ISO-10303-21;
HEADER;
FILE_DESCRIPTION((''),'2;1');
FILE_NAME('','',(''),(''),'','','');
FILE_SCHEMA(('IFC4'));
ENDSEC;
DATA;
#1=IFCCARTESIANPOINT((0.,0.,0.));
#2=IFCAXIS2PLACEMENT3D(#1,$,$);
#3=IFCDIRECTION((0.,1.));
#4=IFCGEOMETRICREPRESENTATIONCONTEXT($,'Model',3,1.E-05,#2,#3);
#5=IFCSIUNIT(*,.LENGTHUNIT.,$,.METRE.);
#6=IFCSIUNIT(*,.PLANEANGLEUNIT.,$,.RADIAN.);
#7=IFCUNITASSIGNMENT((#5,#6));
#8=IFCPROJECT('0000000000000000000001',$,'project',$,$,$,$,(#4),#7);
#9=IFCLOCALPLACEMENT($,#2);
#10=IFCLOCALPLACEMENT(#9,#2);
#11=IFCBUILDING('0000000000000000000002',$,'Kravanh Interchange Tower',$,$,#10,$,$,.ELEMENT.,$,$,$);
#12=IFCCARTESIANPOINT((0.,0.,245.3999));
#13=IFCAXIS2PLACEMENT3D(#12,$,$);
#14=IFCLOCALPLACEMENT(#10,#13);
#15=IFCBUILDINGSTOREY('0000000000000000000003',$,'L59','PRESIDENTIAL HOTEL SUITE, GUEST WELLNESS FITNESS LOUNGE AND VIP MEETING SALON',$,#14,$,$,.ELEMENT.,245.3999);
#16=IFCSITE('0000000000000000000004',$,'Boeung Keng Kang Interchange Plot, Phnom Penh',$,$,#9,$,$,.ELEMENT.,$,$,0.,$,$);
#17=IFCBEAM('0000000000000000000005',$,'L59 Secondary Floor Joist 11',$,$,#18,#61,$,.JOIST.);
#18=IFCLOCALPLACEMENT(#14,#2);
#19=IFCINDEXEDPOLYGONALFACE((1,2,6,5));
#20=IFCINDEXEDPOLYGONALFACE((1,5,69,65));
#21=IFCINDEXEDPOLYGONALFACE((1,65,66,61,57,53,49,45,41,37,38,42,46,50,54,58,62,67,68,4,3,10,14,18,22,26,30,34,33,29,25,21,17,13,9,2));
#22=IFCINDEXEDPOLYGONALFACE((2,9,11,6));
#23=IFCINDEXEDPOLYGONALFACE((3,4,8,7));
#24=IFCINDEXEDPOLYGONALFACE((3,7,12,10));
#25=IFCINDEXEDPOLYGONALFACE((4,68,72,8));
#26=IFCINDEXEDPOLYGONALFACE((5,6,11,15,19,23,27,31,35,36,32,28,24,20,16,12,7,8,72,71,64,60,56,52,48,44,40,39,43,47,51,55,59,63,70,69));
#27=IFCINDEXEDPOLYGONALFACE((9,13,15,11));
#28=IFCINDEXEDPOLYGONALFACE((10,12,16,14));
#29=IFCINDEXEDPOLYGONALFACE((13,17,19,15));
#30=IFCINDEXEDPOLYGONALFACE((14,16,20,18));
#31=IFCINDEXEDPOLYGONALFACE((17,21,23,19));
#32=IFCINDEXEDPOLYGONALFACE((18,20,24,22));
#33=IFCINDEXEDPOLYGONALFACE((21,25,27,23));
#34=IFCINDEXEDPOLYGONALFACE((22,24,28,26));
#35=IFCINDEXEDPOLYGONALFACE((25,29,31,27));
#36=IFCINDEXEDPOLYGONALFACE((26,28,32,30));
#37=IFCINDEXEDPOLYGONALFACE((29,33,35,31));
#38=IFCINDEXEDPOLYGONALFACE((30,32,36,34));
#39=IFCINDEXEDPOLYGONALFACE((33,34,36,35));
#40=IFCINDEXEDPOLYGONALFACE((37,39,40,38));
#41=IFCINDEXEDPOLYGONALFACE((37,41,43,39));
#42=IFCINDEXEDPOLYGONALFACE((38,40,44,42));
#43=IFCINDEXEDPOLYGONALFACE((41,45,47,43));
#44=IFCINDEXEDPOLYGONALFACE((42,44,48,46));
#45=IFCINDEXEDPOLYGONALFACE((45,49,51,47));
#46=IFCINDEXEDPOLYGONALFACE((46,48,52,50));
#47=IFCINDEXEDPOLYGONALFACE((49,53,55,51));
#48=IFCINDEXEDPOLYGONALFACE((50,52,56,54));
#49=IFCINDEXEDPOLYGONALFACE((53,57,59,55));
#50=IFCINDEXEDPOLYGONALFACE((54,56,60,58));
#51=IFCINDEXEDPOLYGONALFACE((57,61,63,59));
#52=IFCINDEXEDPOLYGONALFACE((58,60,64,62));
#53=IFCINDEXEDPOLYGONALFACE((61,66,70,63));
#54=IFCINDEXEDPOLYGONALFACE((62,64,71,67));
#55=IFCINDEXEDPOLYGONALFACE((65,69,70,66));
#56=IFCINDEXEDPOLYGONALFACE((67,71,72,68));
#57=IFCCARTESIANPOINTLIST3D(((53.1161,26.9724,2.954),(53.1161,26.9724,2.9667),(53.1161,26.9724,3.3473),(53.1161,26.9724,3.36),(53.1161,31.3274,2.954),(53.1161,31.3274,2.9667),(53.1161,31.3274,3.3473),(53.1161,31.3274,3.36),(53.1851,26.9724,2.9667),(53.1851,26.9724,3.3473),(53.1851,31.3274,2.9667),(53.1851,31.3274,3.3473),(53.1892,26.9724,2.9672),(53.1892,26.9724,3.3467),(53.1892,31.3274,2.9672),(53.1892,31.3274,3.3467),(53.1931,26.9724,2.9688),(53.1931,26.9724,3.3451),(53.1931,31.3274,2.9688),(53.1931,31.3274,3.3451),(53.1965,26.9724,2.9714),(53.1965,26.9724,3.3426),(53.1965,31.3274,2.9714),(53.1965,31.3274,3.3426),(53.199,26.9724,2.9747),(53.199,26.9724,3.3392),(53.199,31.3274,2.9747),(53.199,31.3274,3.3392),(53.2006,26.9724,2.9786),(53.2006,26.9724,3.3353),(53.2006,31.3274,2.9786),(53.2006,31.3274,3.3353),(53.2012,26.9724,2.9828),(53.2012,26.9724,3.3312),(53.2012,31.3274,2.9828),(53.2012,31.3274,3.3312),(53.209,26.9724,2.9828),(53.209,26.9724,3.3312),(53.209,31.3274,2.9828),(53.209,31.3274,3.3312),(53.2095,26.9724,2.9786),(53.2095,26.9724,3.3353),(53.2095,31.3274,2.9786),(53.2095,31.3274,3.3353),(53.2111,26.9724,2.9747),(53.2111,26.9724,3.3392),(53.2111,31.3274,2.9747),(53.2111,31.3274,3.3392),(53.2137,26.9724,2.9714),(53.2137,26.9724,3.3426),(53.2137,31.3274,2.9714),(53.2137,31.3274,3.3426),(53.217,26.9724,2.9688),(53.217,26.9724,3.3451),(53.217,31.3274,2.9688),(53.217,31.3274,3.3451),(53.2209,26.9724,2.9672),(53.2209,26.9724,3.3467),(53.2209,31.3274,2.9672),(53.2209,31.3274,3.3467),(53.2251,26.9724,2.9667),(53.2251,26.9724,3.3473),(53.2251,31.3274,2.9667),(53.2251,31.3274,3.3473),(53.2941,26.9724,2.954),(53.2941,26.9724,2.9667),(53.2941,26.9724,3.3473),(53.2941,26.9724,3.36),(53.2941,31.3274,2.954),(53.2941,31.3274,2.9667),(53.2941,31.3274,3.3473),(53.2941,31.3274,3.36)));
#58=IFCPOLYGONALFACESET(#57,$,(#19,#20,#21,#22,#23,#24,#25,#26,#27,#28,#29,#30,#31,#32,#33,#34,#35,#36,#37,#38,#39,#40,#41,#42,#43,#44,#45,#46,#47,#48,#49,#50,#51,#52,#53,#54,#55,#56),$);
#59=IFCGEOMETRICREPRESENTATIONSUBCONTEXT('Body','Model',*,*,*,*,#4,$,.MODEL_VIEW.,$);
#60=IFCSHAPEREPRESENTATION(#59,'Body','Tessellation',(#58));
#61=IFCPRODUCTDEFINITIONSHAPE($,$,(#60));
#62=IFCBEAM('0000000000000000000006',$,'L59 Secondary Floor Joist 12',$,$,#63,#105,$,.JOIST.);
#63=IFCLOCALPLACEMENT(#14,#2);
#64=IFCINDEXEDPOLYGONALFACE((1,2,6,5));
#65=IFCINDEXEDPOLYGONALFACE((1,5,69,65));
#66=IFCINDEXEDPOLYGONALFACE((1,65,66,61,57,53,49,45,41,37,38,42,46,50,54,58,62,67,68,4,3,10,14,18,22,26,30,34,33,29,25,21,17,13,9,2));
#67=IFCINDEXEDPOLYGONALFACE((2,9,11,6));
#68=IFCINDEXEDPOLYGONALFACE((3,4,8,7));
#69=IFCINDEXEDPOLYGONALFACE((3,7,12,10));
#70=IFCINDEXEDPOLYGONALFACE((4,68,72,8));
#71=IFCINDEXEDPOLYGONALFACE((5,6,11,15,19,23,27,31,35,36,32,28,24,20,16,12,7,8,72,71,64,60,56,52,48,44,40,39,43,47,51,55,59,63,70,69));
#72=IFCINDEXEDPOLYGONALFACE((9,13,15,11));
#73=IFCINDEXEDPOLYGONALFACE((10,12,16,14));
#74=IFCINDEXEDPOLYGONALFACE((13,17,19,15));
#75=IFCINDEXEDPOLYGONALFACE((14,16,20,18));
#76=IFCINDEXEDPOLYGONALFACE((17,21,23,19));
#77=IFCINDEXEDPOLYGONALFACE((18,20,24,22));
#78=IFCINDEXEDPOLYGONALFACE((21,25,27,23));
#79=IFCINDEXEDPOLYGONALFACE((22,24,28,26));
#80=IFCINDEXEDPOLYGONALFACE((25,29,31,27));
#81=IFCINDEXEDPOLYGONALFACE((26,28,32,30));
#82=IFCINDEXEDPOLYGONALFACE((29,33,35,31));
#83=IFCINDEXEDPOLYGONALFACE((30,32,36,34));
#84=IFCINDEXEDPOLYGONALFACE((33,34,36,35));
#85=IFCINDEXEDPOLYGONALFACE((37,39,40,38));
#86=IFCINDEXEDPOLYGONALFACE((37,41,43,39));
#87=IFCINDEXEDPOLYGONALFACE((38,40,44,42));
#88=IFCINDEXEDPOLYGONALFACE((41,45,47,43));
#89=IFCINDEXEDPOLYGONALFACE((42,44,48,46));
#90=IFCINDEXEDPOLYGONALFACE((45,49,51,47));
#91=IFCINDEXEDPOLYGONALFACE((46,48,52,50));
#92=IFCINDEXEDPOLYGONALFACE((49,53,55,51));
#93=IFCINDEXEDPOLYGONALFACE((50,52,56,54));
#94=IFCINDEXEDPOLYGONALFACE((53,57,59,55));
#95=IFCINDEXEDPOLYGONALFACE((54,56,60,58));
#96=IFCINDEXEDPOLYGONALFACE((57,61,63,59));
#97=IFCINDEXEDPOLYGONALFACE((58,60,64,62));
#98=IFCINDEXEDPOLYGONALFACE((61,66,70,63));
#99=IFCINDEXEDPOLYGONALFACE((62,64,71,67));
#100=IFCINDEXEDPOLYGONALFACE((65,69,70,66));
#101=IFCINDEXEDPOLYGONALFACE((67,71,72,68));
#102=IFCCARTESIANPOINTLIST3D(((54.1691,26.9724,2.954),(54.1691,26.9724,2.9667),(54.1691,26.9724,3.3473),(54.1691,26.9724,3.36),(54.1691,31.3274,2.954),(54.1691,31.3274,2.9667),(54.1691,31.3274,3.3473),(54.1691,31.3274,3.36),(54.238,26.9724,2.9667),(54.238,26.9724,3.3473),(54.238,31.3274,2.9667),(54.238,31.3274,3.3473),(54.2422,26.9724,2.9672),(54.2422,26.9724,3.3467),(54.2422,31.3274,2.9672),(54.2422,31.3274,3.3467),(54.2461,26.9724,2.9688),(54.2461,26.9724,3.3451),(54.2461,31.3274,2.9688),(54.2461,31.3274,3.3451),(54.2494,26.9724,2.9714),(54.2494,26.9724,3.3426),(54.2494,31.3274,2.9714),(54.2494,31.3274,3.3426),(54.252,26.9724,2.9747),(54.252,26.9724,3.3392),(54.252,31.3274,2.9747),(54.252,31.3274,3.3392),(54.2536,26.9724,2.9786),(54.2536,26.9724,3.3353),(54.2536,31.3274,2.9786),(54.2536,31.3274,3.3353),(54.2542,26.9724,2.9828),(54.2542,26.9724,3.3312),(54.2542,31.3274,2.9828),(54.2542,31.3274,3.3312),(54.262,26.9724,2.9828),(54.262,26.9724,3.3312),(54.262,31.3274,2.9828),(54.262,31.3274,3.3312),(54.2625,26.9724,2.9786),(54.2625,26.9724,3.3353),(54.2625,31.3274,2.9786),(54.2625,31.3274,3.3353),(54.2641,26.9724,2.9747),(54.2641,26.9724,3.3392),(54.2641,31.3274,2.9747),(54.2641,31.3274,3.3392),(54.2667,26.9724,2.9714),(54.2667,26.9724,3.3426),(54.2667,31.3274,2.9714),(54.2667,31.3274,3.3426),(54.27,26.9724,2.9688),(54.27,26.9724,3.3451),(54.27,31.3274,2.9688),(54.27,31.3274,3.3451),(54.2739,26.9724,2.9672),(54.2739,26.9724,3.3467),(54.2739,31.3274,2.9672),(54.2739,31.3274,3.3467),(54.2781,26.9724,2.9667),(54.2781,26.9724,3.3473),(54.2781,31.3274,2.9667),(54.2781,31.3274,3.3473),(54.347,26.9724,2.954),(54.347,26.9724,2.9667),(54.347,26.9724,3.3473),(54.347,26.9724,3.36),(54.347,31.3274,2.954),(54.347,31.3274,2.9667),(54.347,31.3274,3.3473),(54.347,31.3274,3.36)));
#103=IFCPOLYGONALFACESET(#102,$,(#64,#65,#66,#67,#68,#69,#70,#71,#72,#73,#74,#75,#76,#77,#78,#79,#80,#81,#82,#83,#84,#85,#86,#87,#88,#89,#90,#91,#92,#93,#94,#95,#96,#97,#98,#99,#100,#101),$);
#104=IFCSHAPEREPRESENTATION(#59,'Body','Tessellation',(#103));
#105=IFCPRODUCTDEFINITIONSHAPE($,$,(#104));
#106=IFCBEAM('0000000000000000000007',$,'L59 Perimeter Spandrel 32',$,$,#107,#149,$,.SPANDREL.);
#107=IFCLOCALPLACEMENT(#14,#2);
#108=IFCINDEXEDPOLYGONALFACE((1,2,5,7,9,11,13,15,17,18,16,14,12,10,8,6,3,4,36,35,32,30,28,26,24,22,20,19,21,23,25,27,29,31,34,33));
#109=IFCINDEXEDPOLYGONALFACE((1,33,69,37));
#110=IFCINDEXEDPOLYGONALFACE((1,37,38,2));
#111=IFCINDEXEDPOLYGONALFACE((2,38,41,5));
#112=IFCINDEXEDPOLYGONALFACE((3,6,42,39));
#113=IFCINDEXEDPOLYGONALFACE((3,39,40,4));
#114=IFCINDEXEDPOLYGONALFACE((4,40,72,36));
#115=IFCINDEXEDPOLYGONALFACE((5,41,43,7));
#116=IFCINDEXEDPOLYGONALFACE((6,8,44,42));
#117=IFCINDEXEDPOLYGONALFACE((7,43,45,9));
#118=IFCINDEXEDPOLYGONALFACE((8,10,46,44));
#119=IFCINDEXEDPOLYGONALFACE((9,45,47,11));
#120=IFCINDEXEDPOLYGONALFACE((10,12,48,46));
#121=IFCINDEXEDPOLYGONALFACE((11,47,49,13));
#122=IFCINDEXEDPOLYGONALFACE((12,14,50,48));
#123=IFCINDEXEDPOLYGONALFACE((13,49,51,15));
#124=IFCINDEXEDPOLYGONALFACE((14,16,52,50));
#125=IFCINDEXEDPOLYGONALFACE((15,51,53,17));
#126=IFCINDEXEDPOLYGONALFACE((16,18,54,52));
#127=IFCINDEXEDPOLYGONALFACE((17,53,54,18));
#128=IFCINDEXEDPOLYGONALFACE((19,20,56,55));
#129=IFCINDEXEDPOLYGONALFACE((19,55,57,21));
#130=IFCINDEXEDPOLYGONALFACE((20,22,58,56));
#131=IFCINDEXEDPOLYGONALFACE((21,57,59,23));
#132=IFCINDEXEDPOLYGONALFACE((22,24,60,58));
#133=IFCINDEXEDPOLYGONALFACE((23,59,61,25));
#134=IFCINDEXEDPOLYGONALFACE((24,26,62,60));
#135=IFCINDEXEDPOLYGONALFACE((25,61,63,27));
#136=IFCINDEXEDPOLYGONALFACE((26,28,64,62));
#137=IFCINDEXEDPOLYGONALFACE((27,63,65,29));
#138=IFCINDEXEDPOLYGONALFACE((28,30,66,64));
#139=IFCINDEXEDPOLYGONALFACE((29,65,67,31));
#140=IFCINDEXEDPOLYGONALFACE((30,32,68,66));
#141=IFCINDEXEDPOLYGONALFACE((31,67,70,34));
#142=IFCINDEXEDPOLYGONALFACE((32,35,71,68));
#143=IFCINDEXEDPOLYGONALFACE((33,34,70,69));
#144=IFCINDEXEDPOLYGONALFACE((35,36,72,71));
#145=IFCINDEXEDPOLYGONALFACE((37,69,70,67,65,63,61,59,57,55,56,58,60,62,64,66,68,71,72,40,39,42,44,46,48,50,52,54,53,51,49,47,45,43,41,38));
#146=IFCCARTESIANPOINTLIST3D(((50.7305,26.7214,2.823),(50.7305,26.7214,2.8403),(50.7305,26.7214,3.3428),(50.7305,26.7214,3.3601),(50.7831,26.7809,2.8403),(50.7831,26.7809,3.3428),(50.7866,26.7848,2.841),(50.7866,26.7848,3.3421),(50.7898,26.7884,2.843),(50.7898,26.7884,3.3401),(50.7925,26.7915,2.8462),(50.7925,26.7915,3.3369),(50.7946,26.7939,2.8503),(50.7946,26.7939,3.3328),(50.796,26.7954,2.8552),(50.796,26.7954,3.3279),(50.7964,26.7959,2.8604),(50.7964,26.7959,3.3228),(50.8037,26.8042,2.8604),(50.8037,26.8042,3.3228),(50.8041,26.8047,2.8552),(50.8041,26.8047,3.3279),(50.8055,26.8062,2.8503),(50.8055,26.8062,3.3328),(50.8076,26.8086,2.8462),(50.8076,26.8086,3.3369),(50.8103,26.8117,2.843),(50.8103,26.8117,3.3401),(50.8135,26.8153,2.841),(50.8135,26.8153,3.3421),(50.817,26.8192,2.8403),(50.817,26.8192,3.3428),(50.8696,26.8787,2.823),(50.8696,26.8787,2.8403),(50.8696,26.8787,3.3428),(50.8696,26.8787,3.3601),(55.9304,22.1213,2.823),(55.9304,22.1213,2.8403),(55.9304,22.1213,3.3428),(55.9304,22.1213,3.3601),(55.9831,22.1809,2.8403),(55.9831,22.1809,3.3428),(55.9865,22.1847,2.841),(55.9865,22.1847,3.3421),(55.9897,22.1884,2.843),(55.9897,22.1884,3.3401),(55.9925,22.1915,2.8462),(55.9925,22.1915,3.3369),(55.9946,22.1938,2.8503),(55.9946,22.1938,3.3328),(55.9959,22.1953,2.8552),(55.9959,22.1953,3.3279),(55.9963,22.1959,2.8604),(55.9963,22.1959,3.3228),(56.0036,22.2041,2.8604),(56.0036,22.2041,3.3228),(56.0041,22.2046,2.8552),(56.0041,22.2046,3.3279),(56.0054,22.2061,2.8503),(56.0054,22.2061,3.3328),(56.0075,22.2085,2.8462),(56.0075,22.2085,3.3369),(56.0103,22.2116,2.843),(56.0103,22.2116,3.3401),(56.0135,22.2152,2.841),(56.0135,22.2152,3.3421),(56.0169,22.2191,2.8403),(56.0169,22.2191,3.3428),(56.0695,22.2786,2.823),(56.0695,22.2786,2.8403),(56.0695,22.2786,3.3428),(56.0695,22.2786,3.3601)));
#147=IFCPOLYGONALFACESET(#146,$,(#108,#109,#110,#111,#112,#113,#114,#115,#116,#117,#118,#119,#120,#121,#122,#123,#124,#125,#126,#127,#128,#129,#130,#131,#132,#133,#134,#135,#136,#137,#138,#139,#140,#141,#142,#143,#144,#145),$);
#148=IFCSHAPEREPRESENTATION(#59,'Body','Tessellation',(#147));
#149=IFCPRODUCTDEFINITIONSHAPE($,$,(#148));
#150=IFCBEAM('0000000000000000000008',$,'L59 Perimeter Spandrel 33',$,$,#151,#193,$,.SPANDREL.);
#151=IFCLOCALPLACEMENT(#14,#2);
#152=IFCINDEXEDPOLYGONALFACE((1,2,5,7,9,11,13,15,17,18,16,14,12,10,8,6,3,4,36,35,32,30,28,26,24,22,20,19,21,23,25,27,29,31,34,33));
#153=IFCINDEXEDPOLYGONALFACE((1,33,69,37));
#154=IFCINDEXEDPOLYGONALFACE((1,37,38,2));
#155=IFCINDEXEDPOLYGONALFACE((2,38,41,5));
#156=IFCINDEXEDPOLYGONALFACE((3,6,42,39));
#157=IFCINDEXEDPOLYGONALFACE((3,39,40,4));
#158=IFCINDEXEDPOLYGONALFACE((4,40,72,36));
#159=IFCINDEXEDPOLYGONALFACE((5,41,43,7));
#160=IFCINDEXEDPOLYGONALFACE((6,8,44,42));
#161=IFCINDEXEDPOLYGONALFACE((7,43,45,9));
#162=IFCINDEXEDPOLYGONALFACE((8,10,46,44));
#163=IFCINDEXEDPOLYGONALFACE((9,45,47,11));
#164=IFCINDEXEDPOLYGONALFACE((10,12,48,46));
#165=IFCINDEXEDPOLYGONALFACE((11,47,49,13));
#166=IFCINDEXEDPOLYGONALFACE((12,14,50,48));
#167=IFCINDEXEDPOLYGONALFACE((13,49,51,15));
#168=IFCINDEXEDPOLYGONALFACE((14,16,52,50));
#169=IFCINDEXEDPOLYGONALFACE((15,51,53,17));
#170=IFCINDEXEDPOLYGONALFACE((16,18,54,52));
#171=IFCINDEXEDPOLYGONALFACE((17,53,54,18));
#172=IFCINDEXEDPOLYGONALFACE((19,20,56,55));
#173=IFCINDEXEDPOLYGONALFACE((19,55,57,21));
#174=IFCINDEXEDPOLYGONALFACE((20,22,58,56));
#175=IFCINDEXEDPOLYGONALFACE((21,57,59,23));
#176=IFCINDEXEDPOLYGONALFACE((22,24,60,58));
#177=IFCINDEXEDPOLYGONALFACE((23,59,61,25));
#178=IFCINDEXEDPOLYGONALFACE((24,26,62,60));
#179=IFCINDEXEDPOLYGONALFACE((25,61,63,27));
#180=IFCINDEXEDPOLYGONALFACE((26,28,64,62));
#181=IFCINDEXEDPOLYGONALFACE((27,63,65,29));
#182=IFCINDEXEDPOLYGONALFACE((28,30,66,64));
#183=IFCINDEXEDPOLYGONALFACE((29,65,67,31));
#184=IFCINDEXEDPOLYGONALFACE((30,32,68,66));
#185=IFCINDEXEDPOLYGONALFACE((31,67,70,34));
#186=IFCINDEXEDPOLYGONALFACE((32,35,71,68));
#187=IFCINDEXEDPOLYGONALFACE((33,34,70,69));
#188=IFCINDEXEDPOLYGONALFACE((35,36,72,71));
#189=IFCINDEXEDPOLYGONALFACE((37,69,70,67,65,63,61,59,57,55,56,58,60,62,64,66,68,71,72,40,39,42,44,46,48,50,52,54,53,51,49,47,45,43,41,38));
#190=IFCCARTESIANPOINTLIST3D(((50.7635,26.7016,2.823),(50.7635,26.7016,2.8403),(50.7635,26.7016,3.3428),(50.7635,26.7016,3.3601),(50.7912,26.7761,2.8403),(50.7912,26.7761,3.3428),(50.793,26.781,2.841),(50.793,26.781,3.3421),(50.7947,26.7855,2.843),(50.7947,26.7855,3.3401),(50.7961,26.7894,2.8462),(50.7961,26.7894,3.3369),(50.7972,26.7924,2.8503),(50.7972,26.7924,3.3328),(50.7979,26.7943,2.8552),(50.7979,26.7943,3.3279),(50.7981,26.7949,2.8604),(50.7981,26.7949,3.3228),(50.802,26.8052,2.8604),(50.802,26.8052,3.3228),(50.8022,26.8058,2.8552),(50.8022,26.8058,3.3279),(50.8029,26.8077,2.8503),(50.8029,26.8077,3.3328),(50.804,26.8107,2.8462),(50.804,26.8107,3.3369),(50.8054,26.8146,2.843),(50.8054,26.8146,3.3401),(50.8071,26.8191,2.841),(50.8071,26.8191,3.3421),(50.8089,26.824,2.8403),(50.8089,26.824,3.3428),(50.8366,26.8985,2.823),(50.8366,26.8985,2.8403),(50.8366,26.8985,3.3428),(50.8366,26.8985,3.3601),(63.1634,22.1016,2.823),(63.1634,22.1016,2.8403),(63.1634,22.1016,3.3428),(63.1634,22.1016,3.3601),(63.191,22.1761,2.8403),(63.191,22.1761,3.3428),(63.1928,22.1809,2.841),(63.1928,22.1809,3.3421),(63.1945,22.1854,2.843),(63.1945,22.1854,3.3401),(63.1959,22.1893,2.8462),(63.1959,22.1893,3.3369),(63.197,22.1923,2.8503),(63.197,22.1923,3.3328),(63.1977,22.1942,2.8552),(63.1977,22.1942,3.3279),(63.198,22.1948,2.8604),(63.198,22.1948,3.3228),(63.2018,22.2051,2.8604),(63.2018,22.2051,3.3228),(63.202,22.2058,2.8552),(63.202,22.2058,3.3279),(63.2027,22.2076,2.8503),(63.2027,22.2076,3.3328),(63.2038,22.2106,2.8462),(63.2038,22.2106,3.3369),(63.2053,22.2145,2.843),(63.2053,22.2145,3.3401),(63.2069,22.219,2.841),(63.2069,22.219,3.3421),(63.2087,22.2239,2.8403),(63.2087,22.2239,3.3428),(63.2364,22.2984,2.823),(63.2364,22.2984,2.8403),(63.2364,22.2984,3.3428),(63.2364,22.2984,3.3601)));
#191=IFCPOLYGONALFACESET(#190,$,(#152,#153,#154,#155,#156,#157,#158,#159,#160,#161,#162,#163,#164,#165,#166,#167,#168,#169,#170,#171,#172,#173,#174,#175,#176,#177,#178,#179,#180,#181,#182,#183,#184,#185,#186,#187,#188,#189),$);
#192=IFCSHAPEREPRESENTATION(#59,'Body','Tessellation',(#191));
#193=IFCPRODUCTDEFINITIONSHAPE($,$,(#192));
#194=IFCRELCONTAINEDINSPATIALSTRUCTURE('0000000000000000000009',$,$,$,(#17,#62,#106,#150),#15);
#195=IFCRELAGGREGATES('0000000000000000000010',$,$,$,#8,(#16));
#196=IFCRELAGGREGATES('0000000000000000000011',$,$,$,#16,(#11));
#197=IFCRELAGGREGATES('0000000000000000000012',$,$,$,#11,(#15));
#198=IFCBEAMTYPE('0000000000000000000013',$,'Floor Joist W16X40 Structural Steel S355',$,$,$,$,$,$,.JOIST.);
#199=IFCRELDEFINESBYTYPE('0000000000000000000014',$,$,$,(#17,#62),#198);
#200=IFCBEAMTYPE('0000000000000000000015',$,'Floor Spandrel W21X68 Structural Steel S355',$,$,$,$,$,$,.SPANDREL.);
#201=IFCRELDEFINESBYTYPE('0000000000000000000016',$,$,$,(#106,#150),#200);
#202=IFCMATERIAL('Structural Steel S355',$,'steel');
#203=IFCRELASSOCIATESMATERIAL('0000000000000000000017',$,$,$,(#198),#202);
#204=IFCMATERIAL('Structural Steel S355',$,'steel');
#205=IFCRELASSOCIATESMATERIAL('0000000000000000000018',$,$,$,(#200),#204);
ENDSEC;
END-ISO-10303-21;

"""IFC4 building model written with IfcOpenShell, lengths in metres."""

from ifc_helpers import new_model, si_unit, direction, frame, origin, origin_2d, place, context, subcontext, project, spatial, i_section, extrude, material, material_profile, profile_set, type_object, element, save


model = new_model("IFC4")

# Units and contexts
model_context = context("Model", 3, precision=1e-05, world=origin(), true_north=direction((0.0, 1.0)))
body_context = subcontext(model_context, "Body", "Model", "MODEL_VIEW")
ifc_project = project(units=[si_unit("LENGTHUNIT", "METRE"), si_unit("PLANEANGLEUNIT", "RADIAN")], contexts=[model_context])

# Site, building, storey
site_placement = place(None, origin())
site = spatial("IfcSite", under=ifc_project, at=site_placement, Name="Boeung Keng Kang Interchange Plot, Phnom Penh", CompositionType="ELEMENT", RefElevation=0.0)
building_placement = place(site_placement, origin())
building = spatial("IfcBuilding", under=site, at=building_placement, Name="Kravanh Interchange Tower", CompositionType="ELEMENT")
storey_placement = place(building_placement, frame((0.0, 0.0, 245.3999)))
storey = spatial("IfcBuildingStorey", under=building, at=storey_placement, Name="L59", Description="PRESIDENTIAL HOTEL SUITE, GUEST WELLNESS FITNESS LOUNGE AND VIP MEETING SALON", CompositionType="ELEMENT", Elevation=245.3999)

# Beams
ifc_material_1 = material(Name="Structural Steel S355", Category="steel")
ifc_material_profile_1 = material_profile(ifc_material_1, i_section(OverallWidth=0.178, OverallDepth=0.406, WebThickness=0.0078, FlangeThickness=0.0127, FilletRadius=0.0161, at=origin_2d()), Name="W16X40")
ifc_profile_set_1 = profile_set([ifc_material_profile_1], Name="Structural Steel S355")
beam_type_1 = type_object("IfcBeamType", Name="Floor Joist W16X40 Structural Steel S355", PredefinedType="JOIST", material=ifc_profile_set_1)
for number, where, z_axis, x_axis, name in (
    (1, (53.2051, 26.9724, 3.157), (0.0, 1.0, 0.0), (-1.0, 0.0, 0.0), "L59 Secondary Floor Joist 11"),
    (2, (54.2581, 26.9724, 3.157), (0.0, 1.0, 0.0), (-1.0, 0.0, 0.0), "L59 Secondary Floor Joist 12"),
):
    element("IfcBeam", number, at=place(storey_placement, frame(where, z_axis=z_axis, x_axis=x_axis)), inside=storey, type_object=beam_type_1, Name=name, PredefinedType="JOIST", context=body_context, shape_type="SweptSolid", body=[
        extrude(i_section(OverallWidth=0.178, OverallDepth=0.406, WebThickness=0.0078, FlangeThickness=0.0127, FilletRadius=0.0161, at=origin_2d()), origin(), (0.0, 0.0, 1.0), 4.355),
    ])
ifc_material_2 = material(Name="Structural Steel S355", Category="steel")
ifc_material_profile_2 = material_profile(ifc_material_2, i_section(OverallWidth=0.21, OverallDepth=0.5371, WebThickness=0.011, FlangeThickness=0.0173, FilletRadius=0.02, at=origin_2d()), Name="W21X68")
ifc_profile_set_2 = profile_set([ifc_material_profile_2], Name="Structural Steel S355")
beam_type_2 = type_object("IfcBeamType", Name="Floor Spandrel W21X68 Structural Steel S355", PredefinedType="SPANDREL", material=ifc_profile_set_2)
beam_1_placement = place(storey_placement, frame((50.8, 26.8, 3.0916), z_axis=(0.748986, -0.662585, 0.0), x_axis=(0.662585, 0.748986, 0.0)))
element("IfcBeam", 3, at=beam_1_placement, inside=storey, type_object=beam_type_2, Name="L59 Perimeter Spandrel 32", PredefinedType="SPANDREL", context=body_context, shape_type="SweptSolid", body=[
    extrude(i_section(OverallWidth=0.21, OverallDepth=0.5371, WebThickness=0.011, FlangeThickness=0.0173, FilletRadius=0.02, at=origin_2d()), origin(), (0.0, 0.0, 1.0), 6.9426),
])
beam_2_placement = place(storey_placement, frame((50.8, 26.8, 3.0916), z_axis=(0.937563, -0.347816, 0.0), x_axis=(0.347816, 0.937563, 0.0)))
element("IfcBeam", 4, at=beam_2_placement, inside=storey, type_object=beam_type_2, Name="L59 Perimeter Spandrel 33", PredefinedType="SPANDREL", context=body_context, shape_type="SweptSolid", body=[
    extrude(i_section(OverallWidth=0.21, OverallDepth=0.5371, WebThickness=0.011, FlangeThickness=0.0173, FilletRadius=0.02, at=origin_2d()), origin(), (0.0, 0.0, 1.0), 13.2256),
])

save(model, "model.ifc")
